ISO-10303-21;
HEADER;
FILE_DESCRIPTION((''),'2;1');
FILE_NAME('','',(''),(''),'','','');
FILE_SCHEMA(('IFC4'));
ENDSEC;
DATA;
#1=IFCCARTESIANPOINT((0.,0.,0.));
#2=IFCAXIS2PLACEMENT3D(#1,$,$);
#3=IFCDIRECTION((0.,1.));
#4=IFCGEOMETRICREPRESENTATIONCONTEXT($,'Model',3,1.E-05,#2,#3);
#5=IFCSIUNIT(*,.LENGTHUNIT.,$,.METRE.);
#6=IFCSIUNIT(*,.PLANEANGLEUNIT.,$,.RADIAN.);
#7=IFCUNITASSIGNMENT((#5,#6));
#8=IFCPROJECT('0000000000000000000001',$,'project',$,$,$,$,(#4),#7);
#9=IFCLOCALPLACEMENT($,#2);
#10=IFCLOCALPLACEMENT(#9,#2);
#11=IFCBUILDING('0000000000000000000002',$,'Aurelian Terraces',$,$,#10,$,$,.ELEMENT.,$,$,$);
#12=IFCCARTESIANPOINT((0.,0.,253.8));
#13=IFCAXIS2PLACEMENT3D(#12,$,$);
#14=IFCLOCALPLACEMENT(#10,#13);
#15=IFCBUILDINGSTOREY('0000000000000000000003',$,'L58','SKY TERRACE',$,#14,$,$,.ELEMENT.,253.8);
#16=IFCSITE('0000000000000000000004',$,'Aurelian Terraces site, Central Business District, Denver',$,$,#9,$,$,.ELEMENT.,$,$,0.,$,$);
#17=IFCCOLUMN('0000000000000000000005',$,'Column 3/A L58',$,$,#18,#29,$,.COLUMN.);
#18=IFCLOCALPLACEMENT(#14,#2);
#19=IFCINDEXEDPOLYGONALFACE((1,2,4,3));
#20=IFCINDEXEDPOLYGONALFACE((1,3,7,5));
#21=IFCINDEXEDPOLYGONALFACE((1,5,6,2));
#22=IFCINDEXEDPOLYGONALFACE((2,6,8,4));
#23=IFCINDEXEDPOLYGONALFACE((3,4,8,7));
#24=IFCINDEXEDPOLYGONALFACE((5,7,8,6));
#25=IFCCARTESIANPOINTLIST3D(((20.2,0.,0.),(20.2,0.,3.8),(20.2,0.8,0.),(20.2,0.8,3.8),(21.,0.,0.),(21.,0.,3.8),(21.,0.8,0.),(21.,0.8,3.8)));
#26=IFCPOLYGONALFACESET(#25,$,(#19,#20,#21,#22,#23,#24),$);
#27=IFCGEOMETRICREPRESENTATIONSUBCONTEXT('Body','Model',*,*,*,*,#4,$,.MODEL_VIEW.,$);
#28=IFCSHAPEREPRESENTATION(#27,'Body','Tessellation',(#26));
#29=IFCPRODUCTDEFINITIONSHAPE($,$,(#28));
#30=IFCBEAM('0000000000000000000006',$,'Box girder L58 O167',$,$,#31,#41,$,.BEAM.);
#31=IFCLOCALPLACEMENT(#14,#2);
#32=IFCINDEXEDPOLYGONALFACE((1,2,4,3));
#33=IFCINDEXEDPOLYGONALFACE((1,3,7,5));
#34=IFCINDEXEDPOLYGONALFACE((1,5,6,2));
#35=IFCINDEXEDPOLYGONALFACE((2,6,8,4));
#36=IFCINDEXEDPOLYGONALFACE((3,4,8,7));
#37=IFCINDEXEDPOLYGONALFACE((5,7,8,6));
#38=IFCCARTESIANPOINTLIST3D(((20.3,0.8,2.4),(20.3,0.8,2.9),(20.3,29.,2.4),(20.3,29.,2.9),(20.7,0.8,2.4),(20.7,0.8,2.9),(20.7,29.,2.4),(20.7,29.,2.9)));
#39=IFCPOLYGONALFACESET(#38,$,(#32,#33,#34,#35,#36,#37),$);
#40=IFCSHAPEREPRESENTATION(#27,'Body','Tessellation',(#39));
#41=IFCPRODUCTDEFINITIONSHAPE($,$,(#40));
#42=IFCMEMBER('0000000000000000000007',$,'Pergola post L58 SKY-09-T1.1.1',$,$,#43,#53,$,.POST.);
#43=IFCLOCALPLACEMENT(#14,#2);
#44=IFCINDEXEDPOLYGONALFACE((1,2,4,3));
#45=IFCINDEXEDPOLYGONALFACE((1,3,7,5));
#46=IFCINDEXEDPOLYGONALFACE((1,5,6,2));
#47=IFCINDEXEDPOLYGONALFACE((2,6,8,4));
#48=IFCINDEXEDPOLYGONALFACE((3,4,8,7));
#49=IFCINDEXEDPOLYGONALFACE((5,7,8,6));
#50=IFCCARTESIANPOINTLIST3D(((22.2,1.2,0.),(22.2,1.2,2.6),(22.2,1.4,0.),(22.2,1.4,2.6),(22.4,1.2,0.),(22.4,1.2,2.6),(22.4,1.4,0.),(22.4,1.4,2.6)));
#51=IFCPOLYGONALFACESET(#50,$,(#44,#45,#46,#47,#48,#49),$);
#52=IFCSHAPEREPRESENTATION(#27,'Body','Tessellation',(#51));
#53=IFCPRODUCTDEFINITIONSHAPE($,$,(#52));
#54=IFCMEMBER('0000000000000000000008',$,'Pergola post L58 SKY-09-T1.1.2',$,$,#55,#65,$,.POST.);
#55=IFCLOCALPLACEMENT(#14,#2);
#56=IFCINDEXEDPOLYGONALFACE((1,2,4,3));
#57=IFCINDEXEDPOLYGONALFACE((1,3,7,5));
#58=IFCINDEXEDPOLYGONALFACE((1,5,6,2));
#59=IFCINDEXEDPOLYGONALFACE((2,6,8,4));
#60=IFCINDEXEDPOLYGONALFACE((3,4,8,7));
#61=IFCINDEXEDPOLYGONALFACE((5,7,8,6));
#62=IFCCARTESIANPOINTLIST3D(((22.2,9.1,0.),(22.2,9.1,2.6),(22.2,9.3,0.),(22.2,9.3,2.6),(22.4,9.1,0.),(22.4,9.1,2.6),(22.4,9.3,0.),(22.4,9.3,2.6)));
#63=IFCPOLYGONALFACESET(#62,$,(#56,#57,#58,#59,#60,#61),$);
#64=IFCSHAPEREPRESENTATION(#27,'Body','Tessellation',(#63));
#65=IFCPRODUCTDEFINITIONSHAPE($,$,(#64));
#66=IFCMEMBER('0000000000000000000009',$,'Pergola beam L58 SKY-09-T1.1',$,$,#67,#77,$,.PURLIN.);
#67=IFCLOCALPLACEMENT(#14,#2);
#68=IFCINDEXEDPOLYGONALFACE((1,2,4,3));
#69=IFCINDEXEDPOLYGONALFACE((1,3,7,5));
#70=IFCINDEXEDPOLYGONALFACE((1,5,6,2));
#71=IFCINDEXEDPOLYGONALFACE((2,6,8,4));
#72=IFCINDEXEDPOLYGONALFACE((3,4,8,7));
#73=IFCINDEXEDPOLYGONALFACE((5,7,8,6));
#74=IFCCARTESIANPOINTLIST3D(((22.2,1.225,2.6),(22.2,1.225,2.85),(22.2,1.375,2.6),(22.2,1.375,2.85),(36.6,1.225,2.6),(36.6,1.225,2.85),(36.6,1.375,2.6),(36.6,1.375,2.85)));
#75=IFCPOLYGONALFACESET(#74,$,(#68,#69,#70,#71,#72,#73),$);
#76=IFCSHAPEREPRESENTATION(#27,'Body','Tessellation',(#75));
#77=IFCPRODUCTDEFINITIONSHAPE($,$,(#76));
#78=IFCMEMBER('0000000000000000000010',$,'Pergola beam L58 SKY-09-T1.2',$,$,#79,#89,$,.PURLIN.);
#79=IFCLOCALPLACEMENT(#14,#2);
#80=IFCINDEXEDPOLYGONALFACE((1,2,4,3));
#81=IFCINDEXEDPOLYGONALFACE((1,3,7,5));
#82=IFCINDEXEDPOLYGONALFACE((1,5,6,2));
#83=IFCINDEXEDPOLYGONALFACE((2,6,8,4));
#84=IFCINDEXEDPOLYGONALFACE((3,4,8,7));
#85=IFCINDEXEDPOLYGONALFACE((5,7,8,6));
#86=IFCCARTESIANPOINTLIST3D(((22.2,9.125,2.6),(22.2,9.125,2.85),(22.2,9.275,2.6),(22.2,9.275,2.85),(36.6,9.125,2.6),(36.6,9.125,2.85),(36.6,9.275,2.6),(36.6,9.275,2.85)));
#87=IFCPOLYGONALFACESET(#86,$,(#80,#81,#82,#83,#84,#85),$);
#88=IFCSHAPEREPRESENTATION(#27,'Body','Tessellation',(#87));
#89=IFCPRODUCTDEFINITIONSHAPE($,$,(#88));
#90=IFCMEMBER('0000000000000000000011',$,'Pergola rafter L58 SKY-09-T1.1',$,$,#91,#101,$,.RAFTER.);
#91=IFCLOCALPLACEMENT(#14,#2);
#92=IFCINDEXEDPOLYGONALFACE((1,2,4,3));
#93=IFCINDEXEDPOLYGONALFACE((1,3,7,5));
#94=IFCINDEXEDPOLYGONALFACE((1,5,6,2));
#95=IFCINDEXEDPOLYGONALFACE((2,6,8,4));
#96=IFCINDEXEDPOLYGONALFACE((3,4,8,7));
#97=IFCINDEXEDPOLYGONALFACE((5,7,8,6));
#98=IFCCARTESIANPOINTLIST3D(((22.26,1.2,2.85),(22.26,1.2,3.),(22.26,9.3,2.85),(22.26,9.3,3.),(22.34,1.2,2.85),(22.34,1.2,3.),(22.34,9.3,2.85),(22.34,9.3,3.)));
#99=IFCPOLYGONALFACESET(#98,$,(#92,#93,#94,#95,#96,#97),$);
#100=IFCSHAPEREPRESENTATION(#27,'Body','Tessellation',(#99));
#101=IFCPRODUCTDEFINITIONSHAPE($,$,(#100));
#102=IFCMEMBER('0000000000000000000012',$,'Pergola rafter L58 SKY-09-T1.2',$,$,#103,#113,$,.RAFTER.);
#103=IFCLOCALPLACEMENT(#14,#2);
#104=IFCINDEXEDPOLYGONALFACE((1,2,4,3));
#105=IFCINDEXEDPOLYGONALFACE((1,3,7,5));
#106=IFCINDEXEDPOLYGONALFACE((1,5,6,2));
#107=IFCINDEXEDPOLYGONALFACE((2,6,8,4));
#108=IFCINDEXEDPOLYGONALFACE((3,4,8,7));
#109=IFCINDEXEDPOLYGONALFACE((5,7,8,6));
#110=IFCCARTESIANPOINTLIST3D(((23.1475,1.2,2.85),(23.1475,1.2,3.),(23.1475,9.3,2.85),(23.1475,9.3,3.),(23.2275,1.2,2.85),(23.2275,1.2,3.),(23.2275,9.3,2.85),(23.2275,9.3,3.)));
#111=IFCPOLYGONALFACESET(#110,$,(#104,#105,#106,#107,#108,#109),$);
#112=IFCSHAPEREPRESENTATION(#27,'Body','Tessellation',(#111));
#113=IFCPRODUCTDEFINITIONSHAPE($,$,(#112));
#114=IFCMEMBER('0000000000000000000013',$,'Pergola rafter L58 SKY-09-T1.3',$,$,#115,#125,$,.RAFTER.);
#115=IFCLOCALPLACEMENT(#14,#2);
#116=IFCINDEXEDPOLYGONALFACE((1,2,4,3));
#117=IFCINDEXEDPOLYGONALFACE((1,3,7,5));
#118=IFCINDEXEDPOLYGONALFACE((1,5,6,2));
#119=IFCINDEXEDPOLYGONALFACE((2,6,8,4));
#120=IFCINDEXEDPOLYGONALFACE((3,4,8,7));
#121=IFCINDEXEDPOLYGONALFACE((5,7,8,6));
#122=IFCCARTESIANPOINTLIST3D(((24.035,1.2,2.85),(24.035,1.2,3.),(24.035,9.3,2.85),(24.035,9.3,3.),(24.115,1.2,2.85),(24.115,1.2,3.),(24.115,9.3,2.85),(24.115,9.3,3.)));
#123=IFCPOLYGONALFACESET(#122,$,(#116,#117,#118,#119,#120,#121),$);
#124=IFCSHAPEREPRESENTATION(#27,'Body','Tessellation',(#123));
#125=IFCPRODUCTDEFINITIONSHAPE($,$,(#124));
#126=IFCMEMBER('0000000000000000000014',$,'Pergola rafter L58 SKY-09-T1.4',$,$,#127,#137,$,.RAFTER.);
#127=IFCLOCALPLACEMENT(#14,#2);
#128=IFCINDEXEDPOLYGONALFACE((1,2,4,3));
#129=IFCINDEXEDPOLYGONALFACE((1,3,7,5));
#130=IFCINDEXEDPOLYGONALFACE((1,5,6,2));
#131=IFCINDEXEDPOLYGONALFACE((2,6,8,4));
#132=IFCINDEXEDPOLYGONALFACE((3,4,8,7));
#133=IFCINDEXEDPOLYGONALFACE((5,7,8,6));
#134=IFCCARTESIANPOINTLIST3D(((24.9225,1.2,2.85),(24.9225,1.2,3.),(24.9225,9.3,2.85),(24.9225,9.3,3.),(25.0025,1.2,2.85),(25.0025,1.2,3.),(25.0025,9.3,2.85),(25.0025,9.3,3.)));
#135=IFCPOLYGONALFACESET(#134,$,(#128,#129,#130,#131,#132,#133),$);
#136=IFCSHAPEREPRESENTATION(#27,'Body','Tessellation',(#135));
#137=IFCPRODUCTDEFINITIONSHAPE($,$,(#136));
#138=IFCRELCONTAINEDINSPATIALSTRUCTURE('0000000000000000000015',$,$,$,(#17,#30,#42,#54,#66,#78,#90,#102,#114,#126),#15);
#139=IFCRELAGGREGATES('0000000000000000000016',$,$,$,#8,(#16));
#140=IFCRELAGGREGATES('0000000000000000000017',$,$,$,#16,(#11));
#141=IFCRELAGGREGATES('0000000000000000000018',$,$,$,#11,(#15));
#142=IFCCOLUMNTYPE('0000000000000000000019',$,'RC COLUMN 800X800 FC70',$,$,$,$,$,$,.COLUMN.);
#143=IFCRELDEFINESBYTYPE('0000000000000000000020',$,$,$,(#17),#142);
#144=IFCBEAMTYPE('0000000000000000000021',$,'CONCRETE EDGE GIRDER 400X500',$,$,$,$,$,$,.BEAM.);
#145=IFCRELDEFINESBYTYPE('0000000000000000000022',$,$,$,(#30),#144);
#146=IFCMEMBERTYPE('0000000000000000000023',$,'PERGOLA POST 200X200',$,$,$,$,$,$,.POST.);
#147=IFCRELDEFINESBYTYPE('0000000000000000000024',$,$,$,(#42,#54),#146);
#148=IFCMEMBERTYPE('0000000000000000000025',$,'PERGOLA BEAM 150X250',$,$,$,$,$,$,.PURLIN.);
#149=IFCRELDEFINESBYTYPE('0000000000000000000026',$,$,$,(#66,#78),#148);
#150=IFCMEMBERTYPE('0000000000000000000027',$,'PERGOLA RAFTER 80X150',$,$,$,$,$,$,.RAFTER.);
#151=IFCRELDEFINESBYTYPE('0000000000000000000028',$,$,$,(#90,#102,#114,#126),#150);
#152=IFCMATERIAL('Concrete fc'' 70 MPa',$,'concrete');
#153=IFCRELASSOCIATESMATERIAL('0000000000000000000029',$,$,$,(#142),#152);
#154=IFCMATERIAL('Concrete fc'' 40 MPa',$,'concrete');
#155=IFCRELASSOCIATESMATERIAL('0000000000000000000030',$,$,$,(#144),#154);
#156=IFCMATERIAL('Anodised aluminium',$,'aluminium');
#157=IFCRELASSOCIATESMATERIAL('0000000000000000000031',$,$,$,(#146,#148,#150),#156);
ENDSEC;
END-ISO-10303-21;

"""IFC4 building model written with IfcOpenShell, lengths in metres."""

from ifc_helpers import new_model, si_unit, direction, frame, origin, origin_2d, place, context, subcontext, project, spatial, rectangle, extrude, source, transform, mapped, material, material_profile, profile_set, type_object, element, save


model = new_model("IFC4")

# Units and contexts
model_context = context("Model", 3, precision=1e-05, world=origin(), true_north=direction((0.0, 1.0)))
body_context = subcontext(model_context, "Body", "Model", "MODEL_VIEW")
ifc_project = project(units=[si_unit("LENGTHUNIT", "METRE"), si_unit("PLANEANGLEUNIT", "RADIAN")], contexts=[model_context])

# Site, building, storey
site_placement = place(None, origin())
site = spatial("IfcSite", under=ifc_project, at=site_placement, Name="Aurelian Terraces site, Central Business District, Denver", CompositionType="ELEMENT", RefElevation=0.0)
building_placement = place(site_placement, origin())
building = spatial("IfcBuilding", under=site, at=building_placement, Name="Aurelian Terraces", CompositionType="ELEMENT")
storey_placement = place(building_placement, frame((0.0, 0.0, 253.8)))
storey = spatial("IfcBuildingStorey", under=building, at=storey_placement, Name="L58", Description="SKY TERRACE", CompositionType="ELEMENT", Elevation=253.8)

# Column
ifc_material_1 = material(Name="Concrete fc' 70 MPa", Category="concrete")
ifc_material_profile_1 = material_profile(ifc_material_1, rectangle(XDim=0.8, YDim=0.8, at=origin_2d()))
ifc_profile_set_1 = profile_set([ifc_material_profile_1], Name="Concrete fc' 70 MPa")
column_type = type_object("IfcColumnType", Name="RC COLUMN 800X800 FC70", PredefinedType="COLUMN", material=ifc_profile_set_1)
shared_shape_1 = source(origin(), body_context, "Body", "SweptSolid", [
    extrude(rectangle(XDim=0.8, YDim=0.8, at=origin_2d()), origin(), (0.0, 0.0, 1.0), 3.8),
])
column_placement = place(storey_placement, frame((20.6, 0.4, 0.0), z_axis=(0.0, 0.0, 1.0), x_axis=(1.0, 0.0, 0.0)))
element("IfcColumn", 1, at=column_placement, inside=storey, type_object=column_type, Name="Column 3/A L58", PredefinedType="COLUMN", context=body_context, shape_type="MappedRepresentation", body=[
    mapped(shared_shape_1, transform((0.0, 0.0, 0.0), scale=1.0)),
])

# Beam
ifc_material_2 = material(Name="Concrete fc' 40 MPa", Category="concrete")
ifc_material_profile_2 = material_profile(ifc_material_2, rectangle(XDim=0.4, YDim=0.5, at=origin_2d()))
ifc_profile_set_2 = profile_set([ifc_material_profile_2], Name="Concrete fc' 40 MPa")
beam_type = type_object("IfcBeamType", Name="CONCRETE EDGE GIRDER 400X500", PredefinedType="BEAM", material=ifc_profile_set_2)
shared_shape_2 = source(origin(), body_context, "Body", "SweptSolid", [
    extrude(rectangle(XDim=0.4, YDim=0.5, at=origin_2d()), origin(), (0.0, 0.0, 1.0), 28.2),
])
beam_placement = place(storey_placement, frame((20.5, 0.8, 2.65), z_axis=(0.0, 1.0, 0.0), x_axis=(-1.0, 0.0, 0.0)))
element("IfcBeam", 2, at=beam_placement, inside=storey, type_object=beam_type, Name="Box girder L58 O167", PredefinedType="BEAM", context=body_context, shape_type="MappedRepresentation", body=[
    mapped(shared_shape_2, transform((0.0, 0.0, 0.0), scale=1.0)),
])

# Members
ifc_material_3 = material(Name="Anodised aluminium", Category="aluminium")
ifc_material_profile_3 = material_profile(ifc_material_3, rectangle(XDim=0.2, YDim=0.2, at=origin_2d()))
ifc_profile_set_3 = profile_set([ifc_material_profile_3], Name="Anodised aluminium")
member_type_1 = type_object("IfcMemberType", Name="PERGOLA POST 200X200", PredefinedType="POST", material=ifc_profile_set_3)
shared_shape_3 = source(origin(), body_context, "Body", "SweptSolid", [
    extrude(rectangle(XDim=0.2, YDim=0.2, at=origin_2d()), origin(), (0.0, 0.0, 1.0), 2.6),
])
for number, where, z_axis, x_axis, name in (
    (3, (22.3, 1.3, 0.0), (0.0, 0.0, 1.0), (1.0, 0.0, 0.0), "Pergola post L58 SKY-09-T1.1.1"),
    (4, (22.3, 9.2, 0.0), (0.0, 0.0, 1.0), (1.0, 0.0, 0.0), "Pergola post L58 SKY-09-T1.1.2"),
):
    element("IfcMember", number, at=place(storey_placement, frame(where, z_axis=z_axis, x_axis=x_axis)), inside=storey, type_object=member_type_1, Name=name, PredefinedType="POST", context=body_context, shape_type="MappedRepresentation", body=[
        mapped(shared_shape_3, transform((0.0, 0.0, 0.0), scale=1.0)),
    ])
ifc_material_profile_4 = material_profile(ifc_material_3, rectangle(XDim=0.15, YDim=0.25, at=origin_2d()))
ifc_profile_set_4 = profile_set([ifc_material_profile_4], Name="Anodised aluminium")
member_type_2 = type_object("IfcMemberType", Name="PERGOLA BEAM 150X250", PredefinedType="PURLIN", material=ifc_profile_set_4)
shared_shape_4 = source(origin(), body_context, "Body", "SweptSolid", [
    extrude(rectangle(XDim=0.15, YDim=0.25, at=origin_2d()), origin(), (0.0, 0.0, 1.0), 14.4),
])
for number, where, z_axis, x_axis, name in (
    (5, (22.2, 1.3, 2.725), (1.0, 0.0, 0.0), (0.0, 1.0, 0.0), "Pergola beam L58 SKY-09-T1.1"),
    (6, (22.2, 9.2, 2.725), (1.0, 0.0, 0.0), (0.0, 1.0, 0.0), "Pergola beam L58 SKY-09-T1.2"),
):
    element("IfcMember", number, at=place(storey_placement, frame(where, z_axis=z_axis, x_axis=x_axis)), inside=storey, type_object=member_type_2, Name=name, PredefinedType="PURLIN", context=body_context, shape_type="MappedRepresentation", body=[
        mapped(shared_shape_4, transform((0.0, 0.0, 0.0), scale=1.0)),
    ])
ifc_material_profile_5 = material_profile(ifc_material_3, rectangle(XDim=0.08, YDim=0.15, at=origin_2d()))
ifc_profile_set_5 = profile_set([ifc_material_profile_5], Name="Anodised aluminium")
member_type_3 = type_object("IfcMemberType", Name="PERGOLA RAFTER 80X150", PredefinedType="RAFTER", material=ifc_profile_set_5)
shared_shape_5 = source(origin(), body_context, "Body", "SweptSolid", [
    extrude(rectangle(XDim=0.08, YDim=0.15, at=origin_2d()), origin(), (0.0, 0.0, 1.0), 8.1),
])
for number, where, z_axis, x_axis, name in (
    (7, (22.3, 1.2, 2.925), (0.0, 1.0, 0.0), (-1.0, 0.0, 0.0), "Pergola rafter L58 SKY-09-T1.1"),
    (8, (23.1875, 1.2, 2.925), (0.0, 1.0, 0.0), (-1.0, 0.0, 0.0), "Pergola rafter L58 SKY-09-T1.2"),
    (9, (24.075, 1.2, 2.925), (0.0, 1.0, 0.0), (-1.0, 0.0, 0.0), "Pergola rafter L58 SKY-09-T1.3"),
    (10, (24.9625, 1.2, 2.925), (0.0, 1.0, 0.0), (-1.0, 0.0, 0.0), "Pergola rafter L58 SKY-09-T1.4"),
):
    element("IfcMember", number, at=place(storey_placement, frame(where, z_axis=z_axis, x_axis=x_axis)), inside=storey, type_object=member_type_3, Name=name, PredefinedType="RAFTER", context=body_context, shape_type="MappedRepresentation", body=[
        mapped(shared_shape_5, transform((0.0, 0.0, 0.0), scale=1.0)),
    ])

save(model, "model.ifc")
